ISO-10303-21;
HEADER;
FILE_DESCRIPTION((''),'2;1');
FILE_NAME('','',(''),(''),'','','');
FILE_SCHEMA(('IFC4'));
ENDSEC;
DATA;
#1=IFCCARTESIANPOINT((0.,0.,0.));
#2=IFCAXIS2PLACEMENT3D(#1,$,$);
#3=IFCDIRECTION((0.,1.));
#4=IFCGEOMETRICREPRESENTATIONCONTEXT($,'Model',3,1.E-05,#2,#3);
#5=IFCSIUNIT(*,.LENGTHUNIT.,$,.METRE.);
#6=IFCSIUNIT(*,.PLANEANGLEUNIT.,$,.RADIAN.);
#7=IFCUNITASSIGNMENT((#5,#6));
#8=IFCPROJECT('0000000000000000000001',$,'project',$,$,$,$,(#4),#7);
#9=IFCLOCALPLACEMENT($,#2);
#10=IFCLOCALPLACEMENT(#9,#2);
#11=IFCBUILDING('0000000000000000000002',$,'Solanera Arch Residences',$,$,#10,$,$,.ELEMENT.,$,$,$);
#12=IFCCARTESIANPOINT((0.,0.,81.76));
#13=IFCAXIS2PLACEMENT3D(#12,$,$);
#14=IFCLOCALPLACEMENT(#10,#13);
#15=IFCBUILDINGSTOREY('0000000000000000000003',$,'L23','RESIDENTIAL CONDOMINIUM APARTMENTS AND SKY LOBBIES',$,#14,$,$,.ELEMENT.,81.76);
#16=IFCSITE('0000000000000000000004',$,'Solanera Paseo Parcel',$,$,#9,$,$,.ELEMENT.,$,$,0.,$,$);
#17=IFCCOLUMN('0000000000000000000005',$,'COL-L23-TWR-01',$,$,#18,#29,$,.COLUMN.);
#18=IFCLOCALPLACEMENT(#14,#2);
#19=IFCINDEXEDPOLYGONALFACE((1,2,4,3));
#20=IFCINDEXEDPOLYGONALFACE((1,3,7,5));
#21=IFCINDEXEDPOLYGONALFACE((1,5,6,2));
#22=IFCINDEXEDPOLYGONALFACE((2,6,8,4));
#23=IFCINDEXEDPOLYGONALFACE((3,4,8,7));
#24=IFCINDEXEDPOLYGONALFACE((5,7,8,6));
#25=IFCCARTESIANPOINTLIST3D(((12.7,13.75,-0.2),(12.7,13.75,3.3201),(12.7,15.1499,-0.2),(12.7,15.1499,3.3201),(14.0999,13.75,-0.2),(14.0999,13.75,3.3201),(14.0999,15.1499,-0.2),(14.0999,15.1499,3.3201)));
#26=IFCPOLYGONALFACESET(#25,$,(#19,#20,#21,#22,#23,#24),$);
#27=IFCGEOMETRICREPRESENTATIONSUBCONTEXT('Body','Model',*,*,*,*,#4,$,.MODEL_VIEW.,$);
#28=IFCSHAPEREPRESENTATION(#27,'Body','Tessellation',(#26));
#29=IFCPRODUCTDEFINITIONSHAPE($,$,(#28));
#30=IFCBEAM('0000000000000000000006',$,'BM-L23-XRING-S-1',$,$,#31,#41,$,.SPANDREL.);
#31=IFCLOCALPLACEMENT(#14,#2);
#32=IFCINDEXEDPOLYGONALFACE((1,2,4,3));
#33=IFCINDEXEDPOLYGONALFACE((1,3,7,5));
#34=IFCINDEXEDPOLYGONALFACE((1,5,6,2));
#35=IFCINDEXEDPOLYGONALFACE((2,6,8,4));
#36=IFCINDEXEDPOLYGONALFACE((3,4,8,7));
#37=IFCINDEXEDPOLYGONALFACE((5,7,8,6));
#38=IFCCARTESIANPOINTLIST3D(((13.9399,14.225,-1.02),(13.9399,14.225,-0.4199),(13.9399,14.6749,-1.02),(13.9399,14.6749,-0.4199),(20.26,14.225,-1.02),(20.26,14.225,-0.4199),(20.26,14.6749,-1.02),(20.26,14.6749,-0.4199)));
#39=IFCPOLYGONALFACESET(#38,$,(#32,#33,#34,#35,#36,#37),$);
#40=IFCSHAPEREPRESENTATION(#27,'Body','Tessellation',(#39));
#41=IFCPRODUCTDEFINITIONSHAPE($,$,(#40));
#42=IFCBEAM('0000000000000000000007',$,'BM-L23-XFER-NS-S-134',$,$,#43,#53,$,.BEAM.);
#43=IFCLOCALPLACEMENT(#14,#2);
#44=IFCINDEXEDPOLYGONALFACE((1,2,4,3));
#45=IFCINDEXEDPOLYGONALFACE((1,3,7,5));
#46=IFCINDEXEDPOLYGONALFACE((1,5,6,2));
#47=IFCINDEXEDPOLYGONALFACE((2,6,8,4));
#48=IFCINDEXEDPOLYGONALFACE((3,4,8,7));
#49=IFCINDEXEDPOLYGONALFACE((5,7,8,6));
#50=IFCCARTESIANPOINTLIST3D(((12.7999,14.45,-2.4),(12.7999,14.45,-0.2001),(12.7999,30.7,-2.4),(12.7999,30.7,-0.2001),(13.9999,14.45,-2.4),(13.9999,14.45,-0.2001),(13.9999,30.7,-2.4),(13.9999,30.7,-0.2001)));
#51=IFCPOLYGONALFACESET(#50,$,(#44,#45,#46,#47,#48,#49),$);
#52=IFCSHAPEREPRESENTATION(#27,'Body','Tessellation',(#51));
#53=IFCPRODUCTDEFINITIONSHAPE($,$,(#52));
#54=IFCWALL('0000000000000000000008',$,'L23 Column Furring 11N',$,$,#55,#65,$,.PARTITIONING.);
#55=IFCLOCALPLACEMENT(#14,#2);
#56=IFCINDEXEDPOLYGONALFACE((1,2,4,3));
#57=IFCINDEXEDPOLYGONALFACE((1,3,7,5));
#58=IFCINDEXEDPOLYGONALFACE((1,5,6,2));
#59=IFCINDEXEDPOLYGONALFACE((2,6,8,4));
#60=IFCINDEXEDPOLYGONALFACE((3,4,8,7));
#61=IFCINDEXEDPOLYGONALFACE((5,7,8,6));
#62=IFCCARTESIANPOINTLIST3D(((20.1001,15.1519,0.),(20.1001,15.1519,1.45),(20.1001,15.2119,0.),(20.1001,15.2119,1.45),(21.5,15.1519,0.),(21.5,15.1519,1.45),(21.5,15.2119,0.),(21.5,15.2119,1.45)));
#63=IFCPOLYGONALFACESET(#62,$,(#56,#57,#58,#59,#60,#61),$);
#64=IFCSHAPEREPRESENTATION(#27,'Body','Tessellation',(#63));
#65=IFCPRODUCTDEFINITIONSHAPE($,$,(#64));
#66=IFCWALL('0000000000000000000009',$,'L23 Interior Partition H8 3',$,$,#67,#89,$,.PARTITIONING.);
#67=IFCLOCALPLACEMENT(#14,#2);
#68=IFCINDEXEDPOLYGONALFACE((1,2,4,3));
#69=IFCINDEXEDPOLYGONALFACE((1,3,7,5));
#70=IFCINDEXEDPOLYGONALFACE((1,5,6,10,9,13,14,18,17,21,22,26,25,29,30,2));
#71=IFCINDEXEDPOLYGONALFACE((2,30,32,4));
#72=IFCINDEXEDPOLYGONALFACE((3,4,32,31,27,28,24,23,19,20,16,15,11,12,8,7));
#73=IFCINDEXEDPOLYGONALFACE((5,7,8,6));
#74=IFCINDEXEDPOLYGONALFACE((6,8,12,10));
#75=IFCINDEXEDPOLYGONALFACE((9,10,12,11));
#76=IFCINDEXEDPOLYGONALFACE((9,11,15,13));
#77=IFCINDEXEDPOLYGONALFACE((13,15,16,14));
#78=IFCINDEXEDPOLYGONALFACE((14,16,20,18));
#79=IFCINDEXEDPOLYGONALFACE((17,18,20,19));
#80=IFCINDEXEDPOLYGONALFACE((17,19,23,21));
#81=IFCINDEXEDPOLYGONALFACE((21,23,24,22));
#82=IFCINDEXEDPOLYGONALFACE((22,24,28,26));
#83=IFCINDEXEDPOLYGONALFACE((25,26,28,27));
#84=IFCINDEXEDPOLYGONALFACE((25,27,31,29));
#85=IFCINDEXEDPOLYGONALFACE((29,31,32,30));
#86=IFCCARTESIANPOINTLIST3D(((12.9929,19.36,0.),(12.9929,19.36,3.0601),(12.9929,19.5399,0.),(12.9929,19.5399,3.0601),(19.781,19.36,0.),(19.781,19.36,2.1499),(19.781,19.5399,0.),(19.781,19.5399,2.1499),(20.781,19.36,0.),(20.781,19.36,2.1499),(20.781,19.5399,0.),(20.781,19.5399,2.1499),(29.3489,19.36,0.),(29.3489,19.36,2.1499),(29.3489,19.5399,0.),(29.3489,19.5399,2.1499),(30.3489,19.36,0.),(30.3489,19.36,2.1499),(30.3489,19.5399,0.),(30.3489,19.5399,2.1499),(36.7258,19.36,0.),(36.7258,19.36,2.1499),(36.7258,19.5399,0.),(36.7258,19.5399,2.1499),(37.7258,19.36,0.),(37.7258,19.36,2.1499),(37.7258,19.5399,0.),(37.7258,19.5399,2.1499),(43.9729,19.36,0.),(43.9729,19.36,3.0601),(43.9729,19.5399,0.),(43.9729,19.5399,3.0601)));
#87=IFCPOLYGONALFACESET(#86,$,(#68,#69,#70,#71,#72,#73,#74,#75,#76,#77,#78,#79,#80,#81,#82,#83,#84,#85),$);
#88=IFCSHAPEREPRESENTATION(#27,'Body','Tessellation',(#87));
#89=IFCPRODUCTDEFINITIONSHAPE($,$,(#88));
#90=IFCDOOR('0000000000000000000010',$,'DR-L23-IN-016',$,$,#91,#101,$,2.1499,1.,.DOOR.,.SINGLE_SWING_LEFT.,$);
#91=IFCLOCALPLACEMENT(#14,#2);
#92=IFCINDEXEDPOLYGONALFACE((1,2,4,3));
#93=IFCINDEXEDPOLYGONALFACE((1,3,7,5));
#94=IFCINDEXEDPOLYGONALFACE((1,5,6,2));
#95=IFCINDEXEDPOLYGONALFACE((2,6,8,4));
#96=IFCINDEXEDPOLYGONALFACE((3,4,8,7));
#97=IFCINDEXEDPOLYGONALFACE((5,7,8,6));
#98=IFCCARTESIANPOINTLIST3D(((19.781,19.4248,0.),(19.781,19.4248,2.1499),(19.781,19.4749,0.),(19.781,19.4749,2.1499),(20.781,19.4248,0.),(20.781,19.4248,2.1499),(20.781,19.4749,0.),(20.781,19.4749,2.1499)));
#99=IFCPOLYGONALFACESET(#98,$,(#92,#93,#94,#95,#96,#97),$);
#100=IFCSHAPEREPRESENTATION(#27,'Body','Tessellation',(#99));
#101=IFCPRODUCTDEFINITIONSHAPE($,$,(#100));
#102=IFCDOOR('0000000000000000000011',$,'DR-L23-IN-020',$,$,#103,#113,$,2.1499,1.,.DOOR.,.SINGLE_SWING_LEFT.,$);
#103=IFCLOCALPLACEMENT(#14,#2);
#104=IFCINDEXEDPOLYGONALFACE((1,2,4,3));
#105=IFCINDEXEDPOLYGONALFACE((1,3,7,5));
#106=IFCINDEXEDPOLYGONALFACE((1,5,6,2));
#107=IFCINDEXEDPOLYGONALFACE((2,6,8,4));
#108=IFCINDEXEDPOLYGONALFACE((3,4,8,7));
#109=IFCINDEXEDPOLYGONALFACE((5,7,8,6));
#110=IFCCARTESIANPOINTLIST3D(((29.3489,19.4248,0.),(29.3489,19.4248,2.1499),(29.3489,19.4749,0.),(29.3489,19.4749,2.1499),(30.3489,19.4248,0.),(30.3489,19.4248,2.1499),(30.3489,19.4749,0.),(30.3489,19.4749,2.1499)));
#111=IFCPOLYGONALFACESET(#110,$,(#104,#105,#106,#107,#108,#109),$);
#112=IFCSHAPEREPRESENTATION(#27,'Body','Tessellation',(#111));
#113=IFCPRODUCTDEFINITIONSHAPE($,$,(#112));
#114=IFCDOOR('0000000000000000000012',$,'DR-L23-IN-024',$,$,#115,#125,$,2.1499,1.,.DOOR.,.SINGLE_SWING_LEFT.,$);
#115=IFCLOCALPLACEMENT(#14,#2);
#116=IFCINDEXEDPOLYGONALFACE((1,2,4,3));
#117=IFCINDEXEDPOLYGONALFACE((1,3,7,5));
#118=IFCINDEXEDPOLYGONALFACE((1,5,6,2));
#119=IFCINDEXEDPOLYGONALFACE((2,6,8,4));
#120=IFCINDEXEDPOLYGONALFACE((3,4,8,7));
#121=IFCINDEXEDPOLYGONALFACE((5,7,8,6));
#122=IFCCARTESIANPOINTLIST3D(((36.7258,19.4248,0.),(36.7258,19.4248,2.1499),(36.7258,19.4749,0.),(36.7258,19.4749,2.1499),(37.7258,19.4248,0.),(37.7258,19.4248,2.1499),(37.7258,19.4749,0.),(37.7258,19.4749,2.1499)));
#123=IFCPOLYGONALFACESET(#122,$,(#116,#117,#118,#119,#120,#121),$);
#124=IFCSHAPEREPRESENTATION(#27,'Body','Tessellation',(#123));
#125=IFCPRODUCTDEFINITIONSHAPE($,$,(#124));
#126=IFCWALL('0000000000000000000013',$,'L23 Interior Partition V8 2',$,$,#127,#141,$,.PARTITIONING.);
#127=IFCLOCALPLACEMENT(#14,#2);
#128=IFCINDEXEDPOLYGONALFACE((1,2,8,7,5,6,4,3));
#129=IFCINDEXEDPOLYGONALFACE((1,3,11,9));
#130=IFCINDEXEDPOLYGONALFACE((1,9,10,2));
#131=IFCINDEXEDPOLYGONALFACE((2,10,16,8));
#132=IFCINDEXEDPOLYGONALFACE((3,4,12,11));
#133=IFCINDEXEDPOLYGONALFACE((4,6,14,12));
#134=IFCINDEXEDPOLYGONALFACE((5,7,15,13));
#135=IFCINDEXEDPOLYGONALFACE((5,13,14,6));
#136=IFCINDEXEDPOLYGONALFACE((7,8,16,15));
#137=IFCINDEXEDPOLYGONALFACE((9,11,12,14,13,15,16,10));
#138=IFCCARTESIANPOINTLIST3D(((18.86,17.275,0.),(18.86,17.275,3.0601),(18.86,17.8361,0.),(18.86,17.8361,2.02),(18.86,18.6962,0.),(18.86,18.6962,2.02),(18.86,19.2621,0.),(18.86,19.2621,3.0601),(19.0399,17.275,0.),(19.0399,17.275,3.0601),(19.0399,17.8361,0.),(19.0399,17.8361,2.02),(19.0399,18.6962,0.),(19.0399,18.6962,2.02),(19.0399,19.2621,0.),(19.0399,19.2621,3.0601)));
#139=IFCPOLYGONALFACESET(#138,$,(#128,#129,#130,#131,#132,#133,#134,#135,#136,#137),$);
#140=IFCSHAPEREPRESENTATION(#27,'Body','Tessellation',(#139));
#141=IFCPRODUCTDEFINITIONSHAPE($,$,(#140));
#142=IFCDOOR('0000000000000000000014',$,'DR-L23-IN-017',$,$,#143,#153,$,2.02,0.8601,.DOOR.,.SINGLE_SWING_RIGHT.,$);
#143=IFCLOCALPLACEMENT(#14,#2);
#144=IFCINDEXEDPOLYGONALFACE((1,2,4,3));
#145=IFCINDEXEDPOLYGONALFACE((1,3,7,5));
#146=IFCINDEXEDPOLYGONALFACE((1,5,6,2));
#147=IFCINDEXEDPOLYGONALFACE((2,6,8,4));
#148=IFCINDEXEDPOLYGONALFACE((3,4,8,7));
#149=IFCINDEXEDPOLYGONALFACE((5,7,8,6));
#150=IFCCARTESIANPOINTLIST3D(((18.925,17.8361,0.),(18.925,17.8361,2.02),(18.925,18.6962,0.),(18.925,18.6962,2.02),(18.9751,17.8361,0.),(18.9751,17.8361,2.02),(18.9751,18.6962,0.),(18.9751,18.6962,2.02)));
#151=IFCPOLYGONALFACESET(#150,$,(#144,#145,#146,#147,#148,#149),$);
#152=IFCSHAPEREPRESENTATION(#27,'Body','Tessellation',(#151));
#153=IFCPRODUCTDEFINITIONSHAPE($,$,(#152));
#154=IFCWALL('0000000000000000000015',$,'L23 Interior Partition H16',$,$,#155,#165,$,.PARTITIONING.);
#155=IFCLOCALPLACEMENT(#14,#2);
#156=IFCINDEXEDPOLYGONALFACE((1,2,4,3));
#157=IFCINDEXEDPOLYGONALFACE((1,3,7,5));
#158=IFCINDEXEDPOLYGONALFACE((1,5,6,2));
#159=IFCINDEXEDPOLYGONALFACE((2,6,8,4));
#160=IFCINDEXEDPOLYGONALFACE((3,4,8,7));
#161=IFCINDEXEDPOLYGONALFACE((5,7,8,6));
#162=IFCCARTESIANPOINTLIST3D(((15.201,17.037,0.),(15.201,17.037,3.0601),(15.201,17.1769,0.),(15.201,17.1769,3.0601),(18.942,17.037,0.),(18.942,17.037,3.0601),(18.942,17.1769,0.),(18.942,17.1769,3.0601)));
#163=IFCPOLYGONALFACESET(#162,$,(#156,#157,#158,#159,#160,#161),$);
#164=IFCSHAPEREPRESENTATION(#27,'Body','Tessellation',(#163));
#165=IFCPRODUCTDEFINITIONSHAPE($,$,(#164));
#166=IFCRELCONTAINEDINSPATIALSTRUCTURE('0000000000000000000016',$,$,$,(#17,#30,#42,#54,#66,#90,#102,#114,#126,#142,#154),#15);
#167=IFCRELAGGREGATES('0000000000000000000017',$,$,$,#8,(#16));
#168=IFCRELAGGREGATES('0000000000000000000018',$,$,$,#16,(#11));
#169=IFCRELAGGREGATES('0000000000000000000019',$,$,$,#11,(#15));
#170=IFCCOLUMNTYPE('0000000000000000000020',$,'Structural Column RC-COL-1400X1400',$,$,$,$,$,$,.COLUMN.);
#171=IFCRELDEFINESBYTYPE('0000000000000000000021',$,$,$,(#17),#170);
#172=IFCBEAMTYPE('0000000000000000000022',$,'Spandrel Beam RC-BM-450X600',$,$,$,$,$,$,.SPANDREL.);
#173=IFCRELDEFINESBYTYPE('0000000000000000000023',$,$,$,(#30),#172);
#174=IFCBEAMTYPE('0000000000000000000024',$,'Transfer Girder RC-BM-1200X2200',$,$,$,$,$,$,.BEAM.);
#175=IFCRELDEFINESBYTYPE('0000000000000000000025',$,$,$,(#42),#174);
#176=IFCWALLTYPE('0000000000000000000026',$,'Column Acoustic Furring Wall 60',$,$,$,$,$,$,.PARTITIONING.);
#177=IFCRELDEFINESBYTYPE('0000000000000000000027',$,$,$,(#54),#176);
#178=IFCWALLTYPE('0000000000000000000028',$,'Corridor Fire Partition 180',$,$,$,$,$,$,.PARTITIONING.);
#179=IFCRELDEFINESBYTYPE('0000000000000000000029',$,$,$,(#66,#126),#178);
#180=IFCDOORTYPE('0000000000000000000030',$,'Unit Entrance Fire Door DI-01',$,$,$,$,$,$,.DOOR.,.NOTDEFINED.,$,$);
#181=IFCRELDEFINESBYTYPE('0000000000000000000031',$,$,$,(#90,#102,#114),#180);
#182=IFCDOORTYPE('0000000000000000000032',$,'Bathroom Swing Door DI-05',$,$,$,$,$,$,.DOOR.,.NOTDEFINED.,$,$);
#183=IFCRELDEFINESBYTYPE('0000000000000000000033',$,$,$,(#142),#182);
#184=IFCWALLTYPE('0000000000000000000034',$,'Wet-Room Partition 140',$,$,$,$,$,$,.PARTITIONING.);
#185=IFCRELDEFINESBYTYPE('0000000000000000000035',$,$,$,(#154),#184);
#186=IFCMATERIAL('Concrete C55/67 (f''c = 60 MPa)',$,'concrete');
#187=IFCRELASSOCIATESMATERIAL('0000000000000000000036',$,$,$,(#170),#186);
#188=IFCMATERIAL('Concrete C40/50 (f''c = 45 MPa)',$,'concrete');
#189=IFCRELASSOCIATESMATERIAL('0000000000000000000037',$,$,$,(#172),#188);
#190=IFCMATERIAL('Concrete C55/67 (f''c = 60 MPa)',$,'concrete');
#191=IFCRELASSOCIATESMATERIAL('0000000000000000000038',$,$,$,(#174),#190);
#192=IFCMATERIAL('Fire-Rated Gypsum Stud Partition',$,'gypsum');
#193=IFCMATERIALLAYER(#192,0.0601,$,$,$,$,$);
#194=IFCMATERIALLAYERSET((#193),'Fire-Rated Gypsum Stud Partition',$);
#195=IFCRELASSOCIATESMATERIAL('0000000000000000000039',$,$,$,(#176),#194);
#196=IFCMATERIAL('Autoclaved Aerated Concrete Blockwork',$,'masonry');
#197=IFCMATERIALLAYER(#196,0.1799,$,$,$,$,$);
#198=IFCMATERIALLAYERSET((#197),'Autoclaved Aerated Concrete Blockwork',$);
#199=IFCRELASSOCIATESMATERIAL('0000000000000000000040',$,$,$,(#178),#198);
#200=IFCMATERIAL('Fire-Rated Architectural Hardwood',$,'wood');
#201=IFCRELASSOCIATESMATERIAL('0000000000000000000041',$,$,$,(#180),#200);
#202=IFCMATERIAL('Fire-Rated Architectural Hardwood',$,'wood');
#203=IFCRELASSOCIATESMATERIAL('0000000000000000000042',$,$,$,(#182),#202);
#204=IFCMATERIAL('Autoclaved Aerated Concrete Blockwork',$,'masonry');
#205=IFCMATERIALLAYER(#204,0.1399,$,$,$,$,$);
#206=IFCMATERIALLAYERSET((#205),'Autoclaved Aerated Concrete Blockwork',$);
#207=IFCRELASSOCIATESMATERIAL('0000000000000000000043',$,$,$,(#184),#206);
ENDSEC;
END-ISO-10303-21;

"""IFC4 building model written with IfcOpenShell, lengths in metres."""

from ifc_helpers import new_model, si_unit, direction, frame, frame_2d, origin, origin_2d, place, context, subcontext, project, spatial, rectangle, extrude, material, layer, layer_set, material_profile, profile_set, type_object, element, fill, save


model = new_model("IFC4")

# Units and contexts
model_context = context("Model", 3, precision=1e-05, world=origin(), true_north=direction((0.0, 1.0)))
body_context = subcontext(model_context, "Body", "Model", "MODEL_VIEW")
ifc_project = project(units=[si_unit("LENGTHUNIT", "METRE"), si_unit("PLANEANGLEUNIT", "RADIAN")], contexts=[model_context])

# Site, building, storey
site_placement = place(None, origin())
site = spatial("IfcSite", under=ifc_project, at=site_placement, Name="Solanera Paseo Parcel", CompositionType="ELEMENT", RefElevation=0.0)
building_placement = place(site_placement, origin())
building = spatial("IfcBuilding", under=site, at=building_placement, Name="Solanera Arch Residences", CompositionType="ELEMENT")
storey_placement = place(building_placement, frame((0.0, 0.0, 81.76)))
storey = spatial("IfcBuildingStorey", under=building, at=storey_placement, Name="L23", Description="RESIDENTIAL CONDOMINIUM APARTMENTS AND SKY LOBBIES", CompositionType="ELEMENT", Elevation=81.76)

# Column
ifc_material_1 = material(Name="Concrete C55/67 (f'c = 60 MPa)", Category="concrete")
ifc_material_profile_1 = material_profile(ifc_material_1, rectangle(XDim=1.3999, YDim=1.3999, at=origin_2d()))
ifc_profile_set_1 = profile_set([ifc_material_profile_1], Name="Concrete C55/67 (f'c = 60 MPa)")
column_type = type_object("IfcColumnType", Name="Structural Column RC-COL-1400X1400", PredefinedType="COLUMN", material=ifc_profile_set_1)
column_placement = place(storey_placement, frame((13.3999, 14.45, -0.2), z_axis=(0.0, 0.0, 1.0), x_axis=(1.0, 0.0, 0.0)))
element("IfcColumn", 1, at=column_placement, inside=storey, type_object=column_type, Name="COL-L23-TWR-01", PredefinedType="COLUMN", context=body_context, shape_type="SweptSolid", body=[
    extrude(rectangle(XDim=1.3999, YDim=1.3999, at=origin_2d()), origin(), (0.0, 0.0, 1.0), 3.52),
])

# Beams
ifc_material_2 = material(Name="Concrete C40/50 (f'c = 45 MPa)", Category="concrete")
ifc_material_profile_2 = material_profile(ifc_material_2, rectangle(XDim=0.45, YDim=0.6001, at=origin_2d()))
ifc_profile_set_2 = profile_set([ifc_material_profile_2], Name="Concrete C40/50 (f'c = 45 MPa)")
beam_type_1 = type_object("IfcBeamType", Name="Spandrel Beam RC-BM-450X600", PredefinedType="SPANDREL", material=ifc_profile_set_2)
beam_1_placement = place(storey_placement, frame((13.9399, 14.45, -0.72), z_axis=(1.0, 0.0, 0.0), x_axis=(0.0, 1.0, 0.0)))
element("IfcBeam", 2, at=beam_1_placement, inside=storey, type_object=beam_type_1, Name="BM-L23-XRING-S-1", PredefinedType="SPANDREL", context=body_context, shape_type="SweptSolid", body=[
    extrude(rectangle(XDim=0.45, YDim=0.6001, at=origin_2d()), origin(), (0.0, 0.0, 1.0), 6.3201),
])
ifc_material_3 = material(Name="Concrete C55/67 (f'c = 60 MPa)", Category="concrete")
ifc_material_profile_3 = material_profile(ifc_material_3, rectangle(XDim=1.2, YDim=2.2, at=origin_2d()))
ifc_profile_set_3 = profile_set([ifc_material_profile_3], Name="Concrete C55/67 (f'c = 60 MPa)")
beam_type_2 = type_object("IfcBeamType", Name="Transfer Girder RC-BM-1200X2200", PredefinedType="BEAM", material=ifc_profile_set_3)
beam_2_placement = place(storey_placement, frame((13.3999, 14.45, -1.3), z_axis=(0.0, 1.0, 0.0), x_axis=(-1.0, 0.0, 0.0)))
element("IfcBeam", 3, at=beam_2_placement, inside=storey, type_object=beam_type_2, Name="BM-L23-XFER-NS-S-134", PredefinedType="BEAM", context=body_context, shape_type="SweptSolid", body=[
    extrude(rectangle(XDim=1.2, YDim=2.2, at=origin_2d()), origin(), (0.0, 0.0, 1.0), 16.25),
])

# Wall
ifc_material_4 = material(Name="Fire-Rated Gypsum Stud Partition", Category="gypsum")
ifc_layer_1 = layer(ifc_material_4, 0.0601)
ifc_layer_set_1 = layer_set([ifc_layer_1], Name="Fire-Rated Gypsum Stud Partition")
wall_type_1 = type_object("IfcWallType", Name="Column Acoustic Furring Wall 60", PredefinedType="PARTITIONING", material=ifc_layer_set_1)
wall_1_placement = place(storey_placement, frame((20.1001, 15.1819, 0.0), z_axis=(0.0, 0.0, 1.0), x_axis=(1.0, 0.0, 0.0)))
element("IfcWall", 4, at=wall_1_placement, inside=storey, type_object=wall_type_1, Name="L23 Column Furring 11N", PredefinedType="PARTITIONING", context=body_context, shape_type="SweptSolid", body=[
    extrude(rectangle(XDim=1.3999, YDim=0.0601, at=frame_2d((0.7, 0.0))), origin(), (0.0, 0.0, 1.0), 1.45),
])

# Wall, openings, doors
ifc_material_5 = material(Name="Autoclaved Aerated Concrete Blockwork", Category="masonry")
ifc_layer_2 = layer(ifc_material_5, 0.1799)
ifc_layer_set_2 = layer_set([ifc_layer_2], Name="Autoclaved Aerated Concrete Blockwork")
wall_type_2 = type_object("IfcWallType", Name="Corridor Fire Partition 180", PredefinedType="PARTITIONING", material=ifc_layer_set_2)
wall_2_placement = place(storey_placement, frame((12.9929, 19.45, 0.0), z_axis=(0.0, 0.0, 1.0), x_axis=(1.0, 0.0, 0.0)))
wall_2 = element("IfcWall", 5, at=wall_2_placement, inside=storey, type_object=wall_type_2, Name="L23 Interior Partition H8 3", PredefinedType="PARTITIONING", context=body_context, shape_type="SweptSolid", body=[
    extrude(rectangle(XDim=30.98, YDim=0.1799, at=frame_2d((15.49, 0.0))), origin(), (0.0, 0.0, 1.0), 3.0601),
])
opening_1_placement = place(wall_2_placement, frame((6.7881, 0.0, 0.0)))
opening_1 = element("IfcOpeningElement", 6, at=opening_1_placement, cuts=wall_2, PredefinedType="OPENING", context=body_context, shape_type="SweptSolid", body=[
    extrude(rectangle(XDim=1.0, YDim=2.1499, at=frame_2d((0.5, 1.075))), frame((0.0, 0.1001, 0.0), z_axis=(0.0, -1.0, 0.0), x_axis=(1.0, 0.0, 0.0)), (0.0, 0.0, 1.0), 0.1999),
])
opening_2_placement = place(wall_2_placement, frame((16.356, 0.0, 0.0)))
opening_2 = element("IfcOpeningElement", 7, at=opening_2_placement, cuts=wall_2, PredefinedType="OPENING", context=body_context, shape_type="SweptSolid", body=[
    extrude(rectangle(XDim=1.0, YDim=2.1499, at=frame_2d((0.5, 1.075))), frame((0.0, 0.1001, 0.0), z_axis=(0.0, -1.0, 0.0), x_axis=(1.0, 0.0, 0.0)), (0.0, 0.0, 1.0), 0.1999),
])
opening_3_placement = place(wall_2_placement, frame((23.7329, 0.0, 0.0)))
opening_3 = element("IfcOpeningElement", 8, at=opening_3_placement, cuts=wall_2, PredefinedType="OPENING", context=body_context, shape_type="SweptSolid", body=[
    extrude(rectangle(XDim=1.0, YDim=2.1499, at=frame_2d((0.5, 1.075))), frame((0.0, 0.1001, 0.0), z_axis=(0.0, -1.0, 0.0), x_axis=(1.0, 0.0, 0.0)), (0.0, 0.0, 1.0), 0.1999),
])
ifc_material_6 = material(Name="Fire-Rated Architectural Hardwood", Category="wood")
door_type_1 = type_object("IfcDoorType", Name="Unit Entrance Fire Door DI-01", OperationType="NOTDEFINED", PredefinedType="DOOR", material=ifc_material_6)
door_1_placement = place(opening_1_placement, origin())
door_1 = element("IfcDoor", 9, at=door_1_placement, inside=storey, type_object=door_type_1, Name="DR-L23-IN-016", OperationType="SINGLE_SWING_LEFT", OverallHeight=2.1499, OverallWidth=1.0, PredefinedType="DOOR", context=body_context, shape_type="SweptSolid", body=[
    extrude(rectangle(XDim=1.0, YDim=2.1499, at=frame_2d((0.5, 1.075))), frame((0.0, 0.0249, 0.0), z_axis=(0.0, -1.0, 0.0), x_axis=(1.0, 0.0, 0.0)), (0.0, 0.0, 1.0), 0.05),
])
fill(opening_1, door_1)
door_2_placement = place(opening_2_placement, origin())
door_2 = element("IfcDoor", 10, at=door_2_placement, inside=storey, type_object=door_type_1, Name="DR-L23-IN-020", OperationType="SINGLE_SWING_LEFT", OverallHeight=2.1499, OverallWidth=1.0, PredefinedType="DOOR", context=body_context, shape_type="SweptSolid", body=[
    extrude(rectangle(XDim=1.0, YDim=2.1499, at=frame_2d((0.5, 1.075))), frame((0.0, 0.0249, 0.0), z_axis=(0.0, -1.0, 0.0), x_axis=(1.0, 0.0, 0.0)), (0.0, 0.0, 1.0), 0.05),
])
fill(opening_2, door_2)
door_3_placement = place(opening_3_placement, origin())
door_3 = element("IfcDoor", 11, at=door_3_placement, inside=storey, type_object=door_type_1, Name="DR-L23-IN-024", OperationType="SINGLE_SWING_LEFT", OverallHeight=2.1499, OverallWidth=1.0, PredefinedType="DOOR", context=body_context, shape_type="SweptSolid", body=[
    extrude(rectangle(XDim=1.0, YDim=2.1499, at=frame_2d((0.5, 1.075))), frame((0.0, 0.0249, 0.0), z_axis=(0.0, -1.0, 0.0), x_axis=(1.0, 0.0, 0.0)), (0.0, 0.0, 1.0), 0.05),
])
fill(opening_3, door_3)

# Wall, opening, door
wall_3_placement = place(storey_placement, frame((18.95, 17.2749, 0.0), z_axis=(0.0, 0.0, 1.0), x_axis=(0.0, 1.0, 0.0)))
wall_3 = element("IfcWall", 12, at=wall_3_placement, inside=storey, type_object=wall_type_2, Name="L23 Interior Partition V8 2", PredefinedType="PARTITIONING", context=body_context, shape_type="SweptSolid", body=[
    extrude(rectangle(XDim=1.9871, YDim=0.1799, at=frame_2d((0.9937, 0.0))), origin(), (0.0, 0.0, 1.0), 3.0601),
])
opening_4_placement = place(wall_3_placement, frame((0.561, 0.0, 0.0)))
opening_4 = element("IfcOpeningElement", 13, at=opening_4_placement, cuts=wall_3, PredefinedType="OPENING", context=body_context, shape_type="SweptSolid", body=[
    extrude(rectangle(XDim=0.8601, YDim=2.02, at=frame_2d((0.4302, 1.01))), frame((0.0, 0.1001, 0.0), z_axis=(0.0, -1.0, 0.0), x_axis=(1.0, 0.0, 0.0)), (0.0, 0.0, 1.0), 0.1999),
])
ifc_material_7 = material(Name="Fire-Rated Architectural Hardwood", Category="wood")
door_type_2 = type_object("IfcDoorType", Name="Bathroom Swing Door DI-05", OperationType="NOTDEFINED", PredefinedType="DOOR", material=ifc_material_7)
door_4_placement = place(opening_4_placement, origin())
door_4 = element("IfcDoor", 14, at=door_4_placement, inside=storey, type_object=door_type_2, Name="DR-L23-IN-017", OperationType="SINGLE_SWING_RIGHT", OverallHeight=2.02, OverallWidth=0.8601, PredefinedType="DOOR", context=body_context, shape_type="SweptSolid", body=[
    extrude(rectangle(XDim=0.8601, YDim=2.02, at=frame_2d((0.4302, 1.01))), frame((0.0, 0.0249, 0.0), z_axis=(0.0, -1.0, 0.0), x_axis=(1.0, 0.0, 0.0)), (0.0, 0.0, 1.0), 0.05),
])
fill(opening_4, door_4)

# Wall
ifc_material_8 = material(Name="Autoclaved Aerated Concrete Blockwork", Category="masonry")
ifc_layer_3 = layer(ifc_material_8, 0.1399)
ifc_layer_set_3 = layer_set([ifc_layer_3], Name="Autoclaved Aerated Concrete Blockwork")
wall_type_3 = type_object("IfcWallType", Name="Wet-Room Partition 140", PredefinedType="PARTITIONING", material=ifc_layer_set_3)
wall_4_placement = place(storey_placement, frame((15.2009, 17.1069, 0.0), z_axis=(0.0, 0.0, 1.0), x_axis=(1.0, 0.0, 0.0)))
element("IfcWall", 15, at=wall_4_placement, inside=storey, type_object=wall_type_3, Name="L23 Interior Partition H16", PredefinedType="PARTITIONING", context=body_context, shape_type="SweptSolid", body=[
    extrude(rectangle(XDim=3.741, YDim=0.1399, at=frame_2d((1.8706, 0.0))), origin(), (0.0, 0.0, 1.0), 3.0601),
])

save(model, "model.ifc")
